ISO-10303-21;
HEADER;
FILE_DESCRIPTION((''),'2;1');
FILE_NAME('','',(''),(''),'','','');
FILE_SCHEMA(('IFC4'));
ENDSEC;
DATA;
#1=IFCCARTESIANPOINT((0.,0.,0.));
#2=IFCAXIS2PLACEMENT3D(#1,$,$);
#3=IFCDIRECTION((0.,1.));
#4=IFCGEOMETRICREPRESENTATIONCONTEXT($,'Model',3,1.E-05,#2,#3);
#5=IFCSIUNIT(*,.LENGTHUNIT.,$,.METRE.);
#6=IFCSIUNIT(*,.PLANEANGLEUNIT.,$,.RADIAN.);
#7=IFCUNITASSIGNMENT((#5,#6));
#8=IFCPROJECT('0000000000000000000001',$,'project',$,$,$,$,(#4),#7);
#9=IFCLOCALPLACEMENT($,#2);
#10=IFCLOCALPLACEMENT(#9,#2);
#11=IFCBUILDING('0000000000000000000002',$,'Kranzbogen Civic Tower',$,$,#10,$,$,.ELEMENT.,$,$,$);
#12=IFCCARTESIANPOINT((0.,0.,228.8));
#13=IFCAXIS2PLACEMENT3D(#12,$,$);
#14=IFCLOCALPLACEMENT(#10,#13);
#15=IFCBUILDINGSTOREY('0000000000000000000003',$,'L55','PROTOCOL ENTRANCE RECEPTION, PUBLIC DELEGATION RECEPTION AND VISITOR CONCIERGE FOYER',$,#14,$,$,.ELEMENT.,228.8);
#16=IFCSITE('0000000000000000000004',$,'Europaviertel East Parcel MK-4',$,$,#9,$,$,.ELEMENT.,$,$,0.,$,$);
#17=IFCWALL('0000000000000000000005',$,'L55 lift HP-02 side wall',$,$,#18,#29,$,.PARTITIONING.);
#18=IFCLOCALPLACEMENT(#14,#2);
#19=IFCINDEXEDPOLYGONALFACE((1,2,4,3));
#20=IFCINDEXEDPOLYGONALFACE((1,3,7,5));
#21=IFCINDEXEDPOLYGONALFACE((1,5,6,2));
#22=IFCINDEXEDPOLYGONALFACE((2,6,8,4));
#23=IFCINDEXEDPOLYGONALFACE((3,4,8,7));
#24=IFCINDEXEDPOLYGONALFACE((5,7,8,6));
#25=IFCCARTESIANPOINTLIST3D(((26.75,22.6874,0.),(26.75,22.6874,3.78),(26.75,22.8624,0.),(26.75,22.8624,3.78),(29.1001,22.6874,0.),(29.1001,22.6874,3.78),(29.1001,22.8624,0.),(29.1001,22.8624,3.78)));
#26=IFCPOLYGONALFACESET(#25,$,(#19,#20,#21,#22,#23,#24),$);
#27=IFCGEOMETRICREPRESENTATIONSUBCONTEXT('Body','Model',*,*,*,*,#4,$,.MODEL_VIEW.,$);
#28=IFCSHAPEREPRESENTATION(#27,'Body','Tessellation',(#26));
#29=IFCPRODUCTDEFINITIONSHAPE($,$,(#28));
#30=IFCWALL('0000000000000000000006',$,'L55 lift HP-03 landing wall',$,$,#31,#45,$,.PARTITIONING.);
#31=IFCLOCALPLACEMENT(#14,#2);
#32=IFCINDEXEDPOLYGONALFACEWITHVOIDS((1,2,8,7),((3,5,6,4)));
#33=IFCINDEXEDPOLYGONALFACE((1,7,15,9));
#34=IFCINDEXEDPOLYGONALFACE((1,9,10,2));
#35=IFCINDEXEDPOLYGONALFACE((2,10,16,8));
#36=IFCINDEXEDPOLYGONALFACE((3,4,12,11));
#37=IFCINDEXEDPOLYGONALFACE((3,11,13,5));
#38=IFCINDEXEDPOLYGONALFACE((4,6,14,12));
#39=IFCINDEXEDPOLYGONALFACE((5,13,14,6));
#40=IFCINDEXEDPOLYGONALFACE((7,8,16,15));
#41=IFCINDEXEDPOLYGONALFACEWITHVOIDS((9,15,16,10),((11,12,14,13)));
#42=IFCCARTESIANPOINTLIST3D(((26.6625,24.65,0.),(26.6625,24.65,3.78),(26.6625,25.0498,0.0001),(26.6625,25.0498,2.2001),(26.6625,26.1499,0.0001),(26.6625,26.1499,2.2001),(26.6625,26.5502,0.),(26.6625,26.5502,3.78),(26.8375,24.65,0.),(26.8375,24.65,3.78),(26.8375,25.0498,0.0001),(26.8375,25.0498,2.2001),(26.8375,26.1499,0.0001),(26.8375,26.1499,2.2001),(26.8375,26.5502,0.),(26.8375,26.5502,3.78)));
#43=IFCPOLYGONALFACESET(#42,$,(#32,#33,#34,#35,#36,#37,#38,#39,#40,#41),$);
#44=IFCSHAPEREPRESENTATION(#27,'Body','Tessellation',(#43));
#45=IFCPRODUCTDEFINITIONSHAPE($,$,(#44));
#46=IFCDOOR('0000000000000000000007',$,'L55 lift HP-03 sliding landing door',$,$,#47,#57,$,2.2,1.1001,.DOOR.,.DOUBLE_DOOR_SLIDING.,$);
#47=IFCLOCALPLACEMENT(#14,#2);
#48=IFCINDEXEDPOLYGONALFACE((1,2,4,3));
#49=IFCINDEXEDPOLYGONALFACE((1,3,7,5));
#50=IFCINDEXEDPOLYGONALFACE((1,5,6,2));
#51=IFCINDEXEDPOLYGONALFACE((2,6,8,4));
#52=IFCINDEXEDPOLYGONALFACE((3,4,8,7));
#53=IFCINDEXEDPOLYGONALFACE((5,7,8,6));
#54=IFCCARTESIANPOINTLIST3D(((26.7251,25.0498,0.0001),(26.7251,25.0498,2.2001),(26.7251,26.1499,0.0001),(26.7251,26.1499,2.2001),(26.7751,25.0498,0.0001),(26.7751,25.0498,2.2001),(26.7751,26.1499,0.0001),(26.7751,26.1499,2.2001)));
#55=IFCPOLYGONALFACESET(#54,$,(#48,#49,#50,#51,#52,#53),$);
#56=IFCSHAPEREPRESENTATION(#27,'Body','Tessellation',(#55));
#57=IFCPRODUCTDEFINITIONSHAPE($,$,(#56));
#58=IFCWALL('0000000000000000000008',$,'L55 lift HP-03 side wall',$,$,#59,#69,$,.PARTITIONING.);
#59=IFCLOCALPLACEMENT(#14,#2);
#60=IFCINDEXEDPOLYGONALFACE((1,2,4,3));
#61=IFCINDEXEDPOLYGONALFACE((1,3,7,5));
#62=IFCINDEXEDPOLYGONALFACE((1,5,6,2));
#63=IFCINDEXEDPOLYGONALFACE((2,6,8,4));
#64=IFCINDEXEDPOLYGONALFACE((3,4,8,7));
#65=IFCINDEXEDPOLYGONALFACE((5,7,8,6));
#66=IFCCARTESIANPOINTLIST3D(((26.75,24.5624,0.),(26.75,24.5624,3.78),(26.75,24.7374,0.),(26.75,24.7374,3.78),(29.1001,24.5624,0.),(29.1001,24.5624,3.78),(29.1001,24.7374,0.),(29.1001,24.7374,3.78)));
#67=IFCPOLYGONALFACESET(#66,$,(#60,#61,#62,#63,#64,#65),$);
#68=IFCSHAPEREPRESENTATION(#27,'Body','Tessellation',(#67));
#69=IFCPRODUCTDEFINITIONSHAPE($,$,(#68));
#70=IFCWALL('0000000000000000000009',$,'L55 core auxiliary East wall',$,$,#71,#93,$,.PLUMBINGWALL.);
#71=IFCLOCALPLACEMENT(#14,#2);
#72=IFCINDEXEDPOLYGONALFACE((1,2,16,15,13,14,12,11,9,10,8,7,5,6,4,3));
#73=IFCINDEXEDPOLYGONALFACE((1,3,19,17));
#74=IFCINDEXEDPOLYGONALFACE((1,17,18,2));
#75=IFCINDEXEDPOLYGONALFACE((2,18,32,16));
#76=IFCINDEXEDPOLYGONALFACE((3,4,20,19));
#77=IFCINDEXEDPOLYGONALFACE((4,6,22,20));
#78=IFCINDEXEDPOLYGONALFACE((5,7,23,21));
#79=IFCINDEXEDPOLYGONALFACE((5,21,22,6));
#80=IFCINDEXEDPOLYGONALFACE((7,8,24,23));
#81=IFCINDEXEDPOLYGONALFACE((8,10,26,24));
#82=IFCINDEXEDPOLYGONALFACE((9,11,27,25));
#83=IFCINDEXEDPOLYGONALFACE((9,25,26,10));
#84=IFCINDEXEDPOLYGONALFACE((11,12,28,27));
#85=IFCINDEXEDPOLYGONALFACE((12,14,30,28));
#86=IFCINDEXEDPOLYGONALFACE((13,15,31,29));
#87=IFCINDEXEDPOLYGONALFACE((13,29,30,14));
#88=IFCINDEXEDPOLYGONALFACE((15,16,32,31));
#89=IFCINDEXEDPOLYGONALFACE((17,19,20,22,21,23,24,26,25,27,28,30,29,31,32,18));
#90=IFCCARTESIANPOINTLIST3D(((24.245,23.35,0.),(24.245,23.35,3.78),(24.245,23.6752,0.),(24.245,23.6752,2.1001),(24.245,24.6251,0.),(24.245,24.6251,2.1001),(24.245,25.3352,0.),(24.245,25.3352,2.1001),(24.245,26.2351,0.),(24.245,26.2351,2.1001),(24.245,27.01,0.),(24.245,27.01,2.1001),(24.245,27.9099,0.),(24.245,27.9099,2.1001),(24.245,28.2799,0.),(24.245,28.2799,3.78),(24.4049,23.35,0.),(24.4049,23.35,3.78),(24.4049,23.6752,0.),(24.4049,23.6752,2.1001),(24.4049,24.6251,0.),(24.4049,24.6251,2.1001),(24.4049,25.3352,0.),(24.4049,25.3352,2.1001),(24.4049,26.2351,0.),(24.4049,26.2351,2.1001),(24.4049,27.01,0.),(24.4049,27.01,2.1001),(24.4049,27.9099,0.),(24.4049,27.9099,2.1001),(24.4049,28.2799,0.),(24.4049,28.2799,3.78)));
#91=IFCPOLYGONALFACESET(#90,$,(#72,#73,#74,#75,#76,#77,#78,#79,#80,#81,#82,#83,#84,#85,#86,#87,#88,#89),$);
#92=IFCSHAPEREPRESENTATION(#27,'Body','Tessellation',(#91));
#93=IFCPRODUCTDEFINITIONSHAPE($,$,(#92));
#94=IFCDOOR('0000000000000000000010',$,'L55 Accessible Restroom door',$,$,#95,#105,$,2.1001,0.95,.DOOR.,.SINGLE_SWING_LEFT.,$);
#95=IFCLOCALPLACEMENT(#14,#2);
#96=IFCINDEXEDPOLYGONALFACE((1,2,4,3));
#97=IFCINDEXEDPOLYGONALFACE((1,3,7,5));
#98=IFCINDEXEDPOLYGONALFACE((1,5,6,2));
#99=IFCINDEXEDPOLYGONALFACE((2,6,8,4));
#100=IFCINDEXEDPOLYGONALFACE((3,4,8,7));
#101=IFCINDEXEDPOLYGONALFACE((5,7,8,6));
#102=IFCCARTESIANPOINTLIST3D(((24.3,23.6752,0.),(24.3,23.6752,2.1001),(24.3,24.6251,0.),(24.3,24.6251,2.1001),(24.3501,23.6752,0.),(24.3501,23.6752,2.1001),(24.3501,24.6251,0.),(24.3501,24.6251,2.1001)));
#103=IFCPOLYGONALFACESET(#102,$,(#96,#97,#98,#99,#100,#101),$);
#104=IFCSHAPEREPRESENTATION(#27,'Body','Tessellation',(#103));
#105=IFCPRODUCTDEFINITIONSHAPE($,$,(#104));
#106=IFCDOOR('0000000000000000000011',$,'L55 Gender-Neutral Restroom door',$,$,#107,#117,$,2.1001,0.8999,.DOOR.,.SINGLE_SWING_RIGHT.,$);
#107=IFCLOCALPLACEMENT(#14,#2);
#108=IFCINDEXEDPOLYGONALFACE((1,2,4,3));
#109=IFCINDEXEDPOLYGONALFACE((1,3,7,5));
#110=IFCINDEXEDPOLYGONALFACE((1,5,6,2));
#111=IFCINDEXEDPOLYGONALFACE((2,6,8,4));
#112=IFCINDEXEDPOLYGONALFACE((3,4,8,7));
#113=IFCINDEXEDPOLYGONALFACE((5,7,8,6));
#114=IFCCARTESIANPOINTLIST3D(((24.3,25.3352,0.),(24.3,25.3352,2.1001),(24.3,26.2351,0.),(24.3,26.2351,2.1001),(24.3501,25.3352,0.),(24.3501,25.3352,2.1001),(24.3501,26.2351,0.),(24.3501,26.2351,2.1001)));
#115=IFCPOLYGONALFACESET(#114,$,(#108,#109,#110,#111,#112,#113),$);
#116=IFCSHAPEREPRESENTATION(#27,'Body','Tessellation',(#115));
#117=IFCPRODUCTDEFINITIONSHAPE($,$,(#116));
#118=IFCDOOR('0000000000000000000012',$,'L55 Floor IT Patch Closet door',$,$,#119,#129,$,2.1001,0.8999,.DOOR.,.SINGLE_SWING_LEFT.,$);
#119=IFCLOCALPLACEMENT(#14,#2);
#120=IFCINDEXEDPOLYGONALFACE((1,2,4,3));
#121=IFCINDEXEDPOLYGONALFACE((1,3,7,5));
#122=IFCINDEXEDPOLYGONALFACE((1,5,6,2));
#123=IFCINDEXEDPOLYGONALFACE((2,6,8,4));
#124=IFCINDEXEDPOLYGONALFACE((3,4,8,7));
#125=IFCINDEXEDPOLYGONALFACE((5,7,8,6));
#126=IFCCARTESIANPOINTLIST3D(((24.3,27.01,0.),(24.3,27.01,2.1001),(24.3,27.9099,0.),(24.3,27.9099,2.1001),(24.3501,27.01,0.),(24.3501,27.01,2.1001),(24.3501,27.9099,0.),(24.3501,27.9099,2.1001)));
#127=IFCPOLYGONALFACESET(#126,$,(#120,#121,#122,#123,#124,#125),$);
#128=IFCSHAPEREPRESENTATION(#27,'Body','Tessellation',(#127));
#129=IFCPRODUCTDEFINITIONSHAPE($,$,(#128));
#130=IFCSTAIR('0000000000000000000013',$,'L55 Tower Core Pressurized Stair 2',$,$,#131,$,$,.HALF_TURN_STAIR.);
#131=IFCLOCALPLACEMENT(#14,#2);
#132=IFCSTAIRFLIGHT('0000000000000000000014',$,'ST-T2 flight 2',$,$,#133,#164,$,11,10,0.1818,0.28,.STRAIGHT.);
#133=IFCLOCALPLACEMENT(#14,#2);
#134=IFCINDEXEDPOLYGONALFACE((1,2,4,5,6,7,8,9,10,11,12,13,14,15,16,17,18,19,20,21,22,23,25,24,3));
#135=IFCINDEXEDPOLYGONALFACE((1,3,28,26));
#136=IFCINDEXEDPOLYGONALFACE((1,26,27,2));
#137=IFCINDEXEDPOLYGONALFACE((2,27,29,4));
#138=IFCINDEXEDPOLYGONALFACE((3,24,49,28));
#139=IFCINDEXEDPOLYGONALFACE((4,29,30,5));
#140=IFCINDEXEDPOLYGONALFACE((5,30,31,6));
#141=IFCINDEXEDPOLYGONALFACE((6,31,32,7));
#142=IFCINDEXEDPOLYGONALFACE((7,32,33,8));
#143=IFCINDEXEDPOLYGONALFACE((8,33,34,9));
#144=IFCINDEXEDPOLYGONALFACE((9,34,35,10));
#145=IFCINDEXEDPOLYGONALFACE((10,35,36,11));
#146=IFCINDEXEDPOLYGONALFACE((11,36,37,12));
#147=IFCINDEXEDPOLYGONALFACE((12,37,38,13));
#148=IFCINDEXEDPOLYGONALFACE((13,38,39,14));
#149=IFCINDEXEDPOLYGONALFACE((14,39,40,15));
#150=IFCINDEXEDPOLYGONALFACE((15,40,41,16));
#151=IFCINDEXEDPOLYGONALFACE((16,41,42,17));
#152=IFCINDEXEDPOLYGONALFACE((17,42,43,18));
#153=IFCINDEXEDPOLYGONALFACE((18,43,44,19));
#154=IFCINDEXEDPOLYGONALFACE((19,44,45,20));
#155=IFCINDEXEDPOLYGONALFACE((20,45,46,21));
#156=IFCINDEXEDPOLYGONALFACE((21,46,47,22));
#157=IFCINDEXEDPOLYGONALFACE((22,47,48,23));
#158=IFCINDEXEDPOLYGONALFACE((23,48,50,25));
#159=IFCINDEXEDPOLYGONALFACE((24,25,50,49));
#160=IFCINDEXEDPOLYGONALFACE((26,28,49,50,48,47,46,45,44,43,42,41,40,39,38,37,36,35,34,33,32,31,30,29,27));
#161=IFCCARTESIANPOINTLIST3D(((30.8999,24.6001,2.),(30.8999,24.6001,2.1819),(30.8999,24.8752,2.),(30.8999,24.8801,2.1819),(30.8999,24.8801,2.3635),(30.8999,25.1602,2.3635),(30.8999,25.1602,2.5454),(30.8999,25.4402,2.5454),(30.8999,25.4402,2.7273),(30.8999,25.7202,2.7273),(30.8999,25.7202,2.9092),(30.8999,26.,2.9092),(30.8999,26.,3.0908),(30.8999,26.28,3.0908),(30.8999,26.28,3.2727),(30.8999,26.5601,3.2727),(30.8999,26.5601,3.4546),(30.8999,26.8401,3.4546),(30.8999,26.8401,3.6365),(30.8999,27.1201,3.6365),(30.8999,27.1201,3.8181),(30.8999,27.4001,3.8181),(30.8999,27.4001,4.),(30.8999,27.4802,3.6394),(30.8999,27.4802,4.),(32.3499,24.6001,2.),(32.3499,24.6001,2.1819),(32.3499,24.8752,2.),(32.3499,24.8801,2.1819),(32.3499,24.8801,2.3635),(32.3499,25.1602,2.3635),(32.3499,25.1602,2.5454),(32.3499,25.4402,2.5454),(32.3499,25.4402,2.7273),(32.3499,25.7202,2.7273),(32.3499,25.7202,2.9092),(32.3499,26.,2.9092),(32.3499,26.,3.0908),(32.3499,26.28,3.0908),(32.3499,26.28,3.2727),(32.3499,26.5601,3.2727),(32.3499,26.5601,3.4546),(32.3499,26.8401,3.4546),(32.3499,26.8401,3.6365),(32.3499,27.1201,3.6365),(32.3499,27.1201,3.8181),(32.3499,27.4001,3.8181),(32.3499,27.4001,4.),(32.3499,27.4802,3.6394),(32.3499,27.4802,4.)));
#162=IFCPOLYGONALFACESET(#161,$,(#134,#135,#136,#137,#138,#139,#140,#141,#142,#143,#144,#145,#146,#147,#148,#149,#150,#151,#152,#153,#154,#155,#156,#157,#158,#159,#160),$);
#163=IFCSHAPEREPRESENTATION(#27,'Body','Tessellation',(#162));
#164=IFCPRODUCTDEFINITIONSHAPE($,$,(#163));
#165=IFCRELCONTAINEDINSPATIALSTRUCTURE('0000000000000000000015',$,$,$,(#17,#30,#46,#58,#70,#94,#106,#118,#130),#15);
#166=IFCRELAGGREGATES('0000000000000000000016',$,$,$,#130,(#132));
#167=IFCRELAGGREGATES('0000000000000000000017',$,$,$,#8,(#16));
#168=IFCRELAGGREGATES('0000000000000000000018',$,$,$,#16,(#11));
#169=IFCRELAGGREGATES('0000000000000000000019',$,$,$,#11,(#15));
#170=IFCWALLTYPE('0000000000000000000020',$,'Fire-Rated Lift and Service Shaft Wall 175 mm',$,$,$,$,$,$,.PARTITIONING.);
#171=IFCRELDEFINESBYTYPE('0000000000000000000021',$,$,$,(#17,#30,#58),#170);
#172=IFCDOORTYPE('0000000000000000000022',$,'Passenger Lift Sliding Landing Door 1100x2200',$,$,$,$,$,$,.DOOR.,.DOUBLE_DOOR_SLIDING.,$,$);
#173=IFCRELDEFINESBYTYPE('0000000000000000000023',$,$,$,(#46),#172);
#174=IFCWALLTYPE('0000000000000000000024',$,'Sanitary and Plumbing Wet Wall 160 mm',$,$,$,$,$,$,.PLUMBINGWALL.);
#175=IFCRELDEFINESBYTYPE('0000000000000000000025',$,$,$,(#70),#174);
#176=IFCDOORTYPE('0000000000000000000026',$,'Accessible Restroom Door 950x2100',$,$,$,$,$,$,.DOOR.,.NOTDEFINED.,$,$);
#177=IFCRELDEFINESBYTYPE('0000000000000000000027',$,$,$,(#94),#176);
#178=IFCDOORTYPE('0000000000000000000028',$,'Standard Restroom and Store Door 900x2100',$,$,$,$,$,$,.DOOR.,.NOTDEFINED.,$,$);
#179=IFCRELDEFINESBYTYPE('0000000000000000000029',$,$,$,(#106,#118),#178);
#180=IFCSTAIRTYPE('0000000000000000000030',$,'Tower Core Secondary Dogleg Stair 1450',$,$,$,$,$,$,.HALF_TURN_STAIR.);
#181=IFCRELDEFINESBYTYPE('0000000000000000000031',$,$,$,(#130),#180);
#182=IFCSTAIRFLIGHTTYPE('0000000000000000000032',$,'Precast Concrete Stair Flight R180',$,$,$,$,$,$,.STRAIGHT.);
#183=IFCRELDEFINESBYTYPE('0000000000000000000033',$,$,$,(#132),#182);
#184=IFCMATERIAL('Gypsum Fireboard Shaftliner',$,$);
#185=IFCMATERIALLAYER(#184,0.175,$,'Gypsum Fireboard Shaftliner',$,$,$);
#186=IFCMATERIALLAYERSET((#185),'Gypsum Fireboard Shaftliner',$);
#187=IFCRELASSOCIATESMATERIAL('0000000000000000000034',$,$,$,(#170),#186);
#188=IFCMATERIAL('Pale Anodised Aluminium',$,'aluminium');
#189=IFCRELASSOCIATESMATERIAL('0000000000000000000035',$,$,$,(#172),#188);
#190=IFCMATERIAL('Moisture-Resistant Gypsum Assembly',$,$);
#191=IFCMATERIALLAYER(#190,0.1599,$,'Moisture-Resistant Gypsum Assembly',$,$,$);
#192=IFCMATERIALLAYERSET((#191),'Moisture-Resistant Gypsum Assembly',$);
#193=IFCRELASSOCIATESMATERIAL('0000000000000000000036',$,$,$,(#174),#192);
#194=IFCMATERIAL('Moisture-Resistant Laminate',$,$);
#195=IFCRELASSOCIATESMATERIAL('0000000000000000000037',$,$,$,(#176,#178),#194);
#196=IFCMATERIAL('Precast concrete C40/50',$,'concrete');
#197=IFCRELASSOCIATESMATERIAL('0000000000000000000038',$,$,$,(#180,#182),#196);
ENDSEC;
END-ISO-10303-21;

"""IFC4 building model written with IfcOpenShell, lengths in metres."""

from ifc_helpers import new_model, si_unit, direction, frame, frame_2d, origin, place, context, subcontext, project, spatial, polyline, rectangle, outline, extrude, material, layer, layer_set, type_object, element, fill, aggregate, save


model = new_model("IFC4")

# Units and contexts
model_context = context("Model", 3, precision=1e-05, world=origin(), true_north=direction((0.0, 1.0)))
body_context = subcontext(model_context, "Body", "Model", "MODEL_VIEW")
ifc_project = project(units=[si_unit("LENGTHUNIT", "METRE"), si_unit("PLANEANGLEUNIT", "RADIAN")], contexts=[model_context])

# Site, building, storey
site_placement = place(None, origin())
site = spatial("IfcSite", under=ifc_project, at=site_placement, Name="Europaviertel East Parcel MK-4", CompositionType="ELEMENT", RefElevation=0.0)
building_placement = place(site_placement, origin())
building = spatial("IfcBuilding", under=site, at=building_placement, Name="Kranzbogen Civic Tower", CompositionType="ELEMENT")
storey_placement = place(building_placement, frame((0.0, 0.0, 228.8)))
storey = spatial("IfcBuildingStorey", under=building, at=storey_placement, Name="L55", Description="PROTOCOL ENTRANCE RECEPTION, PUBLIC DELEGATION RECEPTION AND VISITOR CONCIERGE FOYER", CompositionType="ELEMENT", Elevation=228.8)

# Shared definitions
ifc_material_1 = material(Name="Gypsum Fireboard Shaftliner")
ifc_layer_1 = layer(ifc_material_1, 0.175, Name="Gypsum Fireboard Shaftliner")
ifc_layer_set_1 = layer_set([ifc_layer_1], Name="Gypsum Fireboard Shaftliner")
wall_type_1 = type_object("IfcWallType", Name="Fire-Rated Lift and Service Shaft Wall 175 mm", PredefinedType="PARTITIONING", material=ifc_layer_set_1)
ifc_material_2 = material(Name="Pale Anodised Aluminium", Category="aluminium")
door_type_1 = type_object("IfcDoorType", Name="Passenger Lift Sliding Landing Door 1100x2200", OperationType="DOUBLE_DOOR_SLIDING", PredefinedType="DOOR", material=ifc_material_2)

# Wall
wall_1_placement = place(storey_placement, frame((26.75, 22.7749, 0.0), z_axis=(0.0, 0.0, 1.0), x_axis=(1.0, 0.0, 0.0)))
element("IfcWall", 1, at=wall_1_placement, inside=storey, type_object=wall_type_1, Name="L55 lift HP-02 side wall", PredefinedType="PARTITIONING", context=body_context, shape_type="SweptSolid", body=[
    extrude(rectangle(XDim=2.3501, YDim=0.175, at=frame_2d((1.175, 0.0))), origin(), (0.0, 0.0, 1.0), 3.78),
])

# Wall, opening, door
wall_2_placement = place(storey_placement, frame((26.75, 24.6499, 0.0), z_axis=(0.0, 0.0, 1.0), x_axis=(0.0, 1.0, 0.0)))
wall_2 = element("IfcWall", 2, at=wall_2_placement, inside=storey, type_object=wall_type_1, Name="L55 lift HP-03 landing wall", PredefinedType="PARTITIONING", context=body_context, shape_type="SweptSolid", body=[
    extrude(rectangle(XDim=1.9001, YDim=0.175, at=frame_2d((0.9502, 0.0))), origin(), (0.0, 0.0, 1.0), 3.78),
])
opening_1_placement = place(wall_2_placement, frame((0.3999, 0.0, 0.0)))
opening_1 = element("IfcOpeningElement", 3, at=opening_1_placement, cuts=wall_2, PredefinedType="OPENING", context=body_context, shape_type="SweptSolid", body=[
    extrude(rectangle(XDim=1.1001, YDim=2.2, at=frame_2d((0.55, 1.1001))), frame((0.0, 0.0977, 0.0), z_axis=(0.0, -1.0, 0.0), x_axis=(1.0, 0.0, 0.0)), (0.0, 0.0, 1.0), 0.1951),
])
door_1_placement = place(opening_1_placement, origin())
door_1 = element("IfcDoor", 4, at=door_1_placement, inside=storey, type_object=door_type_1, Name="L55 lift HP-03 sliding landing door", OperationType="DOUBLE_DOOR_SLIDING", OverallHeight=2.2, OverallWidth=1.1001, PredefinedType="DOOR", context=body_context, shape_type="SweptSolid", body=[
    extrude(rectangle(XDim=1.1001, YDim=2.2, at=frame_2d((0.55, 1.1001))), frame((0.0, 0.0249, 0.0), z_axis=(0.0, -1.0, 0.0), x_axis=(1.0, 0.0, 0.0)), (0.0, 0.0, 1.0), 0.05),
])
fill(opening_1, door_1)

# Wall
wall_3_placement = place(storey_placement, frame((26.75, 24.6499, 0.0), z_axis=(0.0, 0.0, 1.0), x_axis=(1.0, 0.0, 0.0)))
element("IfcWall", 5, at=wall_3_placement, inside=storey, type_object=wall_type_1, Name="L55 lift HP-03 side wall", PredefinedType="PARTITIONING", context=body_context, shape_type="SweptSolid", body=[
    extrude(rectangle(XDim=2.3501, YDim=0.175, at=frame_2d((1.175, 0.0))), origin(), (0.0, 0.0, 1.0), 3.78),
])

# Wall, openings, doors
ifc_material_3 = material(Name="Moisture-Resistant Gypsum Assembly")
ifc_layer_2 = layer(ifc_material_3, 0.1599, Name="Moisture-Resistant Gypsum Assembly")
ifc_layer_set_2 = layer_set([ifc_layer_2], Name="Moisture-Resistant Gypsum Assembly")
wall_type_2 = type_object("IfcWallType", Name="Sanitary and Plumbing Wet Wall 160 mm", PredefinedType="PLUMBINGWALL", material=ifc_layer_set_2)
wall_4_placement = place(storey_placement, frame((24.325, 23.3501, 0.0), z_axis=(0.0, 0.0, 1.0), x_axis=(0.0, 1.0, 0.0)))
wall_4 = element("IfcWall", 6, at=wall_4_placement, inside=storey, type_object=wall_type_2, Name="L55 core auxiliary East wall", PredefinedType="PLUMBINGWALL", context=body_context, shape_type="SweptSolid", body=[
    extrude(rectangle(XDim=4.9299, YDim=0.1599, at=frame_2d((2.4648, 0.0))), origin(), (0.0, 0.0, 1.0), 3.78),
])
opening_2_placement = place(wall_4_placement, frame((0.325, 0.0, 0.0)))
opening_2 = element("IfcOpeningElement", 7, at=opening_2_placement, cuts=wall_4, PredefinedType="OPENING", context=body_context, shape_type="SweptSolid", body=[
    extrude(rectangle(XDim=0.95, YDim=2.1001, at=frame_2d((0.4751, 1.05))), frame((0.0, 0.0898, 0.0), z_axis=(0.0, -1.0, 0.0), x_axis=(1.0, 0.0, 0.0)), (0.0, 0.0, 1.0), 0.1799),
])
opening_3_placement = place(wall_4_placement, frame((1.9851, 0.0, 0.0)))
opening_3 = element("IfcOpeningElement", 8, at=opening_3_placement, cuts=wall_4, PredefinedType="OPENING", context=body_context, shape_type="SweptSolid", body=[
    extrude(rectangle(XDim=0.8999, YDim=2.1001, at=frame_2d((0.45, 1.05))), frame((0.0, 0.0898, 0.0), z_axis=(0.0, -1.0, 0.0), x_axis=(1.0, 0.0, 0.0)), (0.0, 0.0, 1.0), 0.1799),
])
opening_4_placement = place(wall_4_placement, frame((3.6599, 0.0, 0.0)))
opening_4 = element("IfcOpeningElement", 9, at=opening_4_placement, cuts=wall_4, PredefinedType="OPENING", context=body_context, shape_type="SweptSolid", body=[
    extrude(rectangle(XDim=0.8999, YDim=2.1001, at=frame_2d((0.45, 1.05))), frame((0.0, 0.0898, 0.0), z_axis=(0.0, -1.0, 0.0), x_axis=(1.0, 0.0, 0.0)), (0.0, 0.0, 1.0), 0.1799),
])
ifc_material_4 = material(Name="Moisture-Resistant Laminate")
door_type_2 = type_object("IfcDoorType", Name="Accessible Restroom Door 950x2100", OperationType="NOTDEFINED", PredefinedType="DOOR", material=ifc_material_4)
door_2_placement = place(opening_2_placement, origin())
door_2 = element("IfcDoor", 10, at=door_2_placement, inside=storey, type_object=door_type_2, Name="L55 Accessible Restroom door", OperationType="SINGLE_SWING_LEFT", OverallHeight=2.1001, OverallWidth=0.95, PredefinedType="DOOR", context=body_context, shape_type="SweptSolid", body=[
    extrude(rectangle(XDim=0.95, YDim=2.1001, at=frame_2d((0.4751, 1.05))), frame((0.0, 0.0249, 0.0), z_axis=(0.0, -1.0, 0.0), x_axis=(1.0, 0.0, 0.0)), (0.0, 0.0, 1.0), 0.05),
])
fill(opening_2, door_2)
door_type_3 = type_object("IfcDoorType", Name="Standard Restroom and Store Door 900x2100", OperationType="NOTDEFINED", PredefinedType="DOOR", material=ifc_material_4)
door_3_placement = place(opening_3_placement, origin())
door_3 = element("IfcDoor", 11, at=door_3_placement, inside=storey, type_object=door_type_3, Name="L55 Gender-Neutral Restroom door", OperationType="SINGLE_SWING_RIGHT", OverallHeight=2.1001, OverallWidth=0.8999, PredefinedType="DOOR", context=body_context, shape_type="SweptSolid", body=[
    extrude(rectangle(XDim=0.8999, YDim=2.1001, at=frame_2d((0.45, 1.05))), frame((0.0, 0.0249, 0.0), z_axis=(0.0, -1.0, 0.0), x_axis=(1.0, 0.0, 0.0)), (0.0, 0.0, 1.0), 0.05),
])
fill(opening_3, door_3)
door_4_placement = place(opening_4_placement, origin())
door_4 = element("IfcDoor", 12, at=door_4_placement, inside=storey, type_object=door_type_3, Name="L55 Floor IT Patch Closet door", OperationType="SINGLE_SWING_LEFT", OverallHeight=2.1001, OverallWidth=0.8999, PredefinedType="DOOR", context=body_context, shape_type="SweptSolid", body=[
    extrude(rectangle(XDim=0.8999, YDim=2.1001, at=frame_2d((0.45, 1.05))), frame((0.0, 0.0249, 0.0), z_axis=(0.0, -1.0, 0.0), x_axis=(1.0, 0.0, 0.0)), (0.0, 0.0, 1.0), 0.05),
])
fill(opening_4, door_4)

# Stair, stair flight
ifc_material_5 = material(Name="Precast concrete C40/50", Category="concrete")
stair_type = type_object("IfcStairType", Name="Tower Core Secondary Dogleg Stair 1450", PredefinedType="HALF_TURN_STAIR", material=ifc_material_5)
stair_placement = place(storey_placement, origin())
stair = element("IfcStair", 13, at=stair_placement, inside=storey, type_object=stair_type, Name="L55 Tower Core Pressurized Stair 2", PredefinedType="HALF_TURN_STAIR")
stair_flight_type = type_object("IfcStairFlightType", Name="Precast Concrete Stair Flight R180", PredefinedType="STRAIGHT", material=ifc_material_5)
stair_flight_placement = place(storey_placement, frame((31.625, 24.6001, 2.0), z_axis=(0.0, 0.0, 1.0), x_axis=(0.0, 1.0, 0.0)))
stair_flight = element("IfcStairFlight", 14, at=stair_flight_placement, type_object=stair_flight_type, Name="ST-T2 flight 2", NumberOfRisers=11, NumberOfTreads=10, PredefinedType="STRAIGHT", RiserHeight=0.1818, TreadLength=0.28, context=body_context, shape_type="SweptSolid", body=[
    extrude(outline(polyline([(0.0, 0.0), (0.0, 0.1819), (0.28, 0.1819), (0.28, 0.3635), (0.5601, 0.3635), (0.5601, 0.5454), (0.8401, 0.5454), (0.8401, 0.7273), (1.1201, 0.7273), (1.1201, 0.9092), (1.3999, 0.9092), (1.3999, 1.0908), (1.6799, 1.0908), (1.6799, 1.2727), (1.96, 1.2727), (1.96, 1.4546), (2.24, 1.4546), (2.24, 1.6365), (2.52, 1.6365), (2.52, 1.8181), (2.8, 1.8181), (2.8, 2.0), (2.8801, 2.0), (2.8801, 1.6394), (0.2751, 0.0), (0.0, 0.0)])), frame((0.0, 0.7251, 0.0), z_axis=(0.0, -1.0, 0.0), x_axis=(1.0, 0.0, 0.0)), (0.0, 0.0, 1.0), 1.45),
])
aggregate(stair, [stair_flight])

save(model, "model.ifc")
